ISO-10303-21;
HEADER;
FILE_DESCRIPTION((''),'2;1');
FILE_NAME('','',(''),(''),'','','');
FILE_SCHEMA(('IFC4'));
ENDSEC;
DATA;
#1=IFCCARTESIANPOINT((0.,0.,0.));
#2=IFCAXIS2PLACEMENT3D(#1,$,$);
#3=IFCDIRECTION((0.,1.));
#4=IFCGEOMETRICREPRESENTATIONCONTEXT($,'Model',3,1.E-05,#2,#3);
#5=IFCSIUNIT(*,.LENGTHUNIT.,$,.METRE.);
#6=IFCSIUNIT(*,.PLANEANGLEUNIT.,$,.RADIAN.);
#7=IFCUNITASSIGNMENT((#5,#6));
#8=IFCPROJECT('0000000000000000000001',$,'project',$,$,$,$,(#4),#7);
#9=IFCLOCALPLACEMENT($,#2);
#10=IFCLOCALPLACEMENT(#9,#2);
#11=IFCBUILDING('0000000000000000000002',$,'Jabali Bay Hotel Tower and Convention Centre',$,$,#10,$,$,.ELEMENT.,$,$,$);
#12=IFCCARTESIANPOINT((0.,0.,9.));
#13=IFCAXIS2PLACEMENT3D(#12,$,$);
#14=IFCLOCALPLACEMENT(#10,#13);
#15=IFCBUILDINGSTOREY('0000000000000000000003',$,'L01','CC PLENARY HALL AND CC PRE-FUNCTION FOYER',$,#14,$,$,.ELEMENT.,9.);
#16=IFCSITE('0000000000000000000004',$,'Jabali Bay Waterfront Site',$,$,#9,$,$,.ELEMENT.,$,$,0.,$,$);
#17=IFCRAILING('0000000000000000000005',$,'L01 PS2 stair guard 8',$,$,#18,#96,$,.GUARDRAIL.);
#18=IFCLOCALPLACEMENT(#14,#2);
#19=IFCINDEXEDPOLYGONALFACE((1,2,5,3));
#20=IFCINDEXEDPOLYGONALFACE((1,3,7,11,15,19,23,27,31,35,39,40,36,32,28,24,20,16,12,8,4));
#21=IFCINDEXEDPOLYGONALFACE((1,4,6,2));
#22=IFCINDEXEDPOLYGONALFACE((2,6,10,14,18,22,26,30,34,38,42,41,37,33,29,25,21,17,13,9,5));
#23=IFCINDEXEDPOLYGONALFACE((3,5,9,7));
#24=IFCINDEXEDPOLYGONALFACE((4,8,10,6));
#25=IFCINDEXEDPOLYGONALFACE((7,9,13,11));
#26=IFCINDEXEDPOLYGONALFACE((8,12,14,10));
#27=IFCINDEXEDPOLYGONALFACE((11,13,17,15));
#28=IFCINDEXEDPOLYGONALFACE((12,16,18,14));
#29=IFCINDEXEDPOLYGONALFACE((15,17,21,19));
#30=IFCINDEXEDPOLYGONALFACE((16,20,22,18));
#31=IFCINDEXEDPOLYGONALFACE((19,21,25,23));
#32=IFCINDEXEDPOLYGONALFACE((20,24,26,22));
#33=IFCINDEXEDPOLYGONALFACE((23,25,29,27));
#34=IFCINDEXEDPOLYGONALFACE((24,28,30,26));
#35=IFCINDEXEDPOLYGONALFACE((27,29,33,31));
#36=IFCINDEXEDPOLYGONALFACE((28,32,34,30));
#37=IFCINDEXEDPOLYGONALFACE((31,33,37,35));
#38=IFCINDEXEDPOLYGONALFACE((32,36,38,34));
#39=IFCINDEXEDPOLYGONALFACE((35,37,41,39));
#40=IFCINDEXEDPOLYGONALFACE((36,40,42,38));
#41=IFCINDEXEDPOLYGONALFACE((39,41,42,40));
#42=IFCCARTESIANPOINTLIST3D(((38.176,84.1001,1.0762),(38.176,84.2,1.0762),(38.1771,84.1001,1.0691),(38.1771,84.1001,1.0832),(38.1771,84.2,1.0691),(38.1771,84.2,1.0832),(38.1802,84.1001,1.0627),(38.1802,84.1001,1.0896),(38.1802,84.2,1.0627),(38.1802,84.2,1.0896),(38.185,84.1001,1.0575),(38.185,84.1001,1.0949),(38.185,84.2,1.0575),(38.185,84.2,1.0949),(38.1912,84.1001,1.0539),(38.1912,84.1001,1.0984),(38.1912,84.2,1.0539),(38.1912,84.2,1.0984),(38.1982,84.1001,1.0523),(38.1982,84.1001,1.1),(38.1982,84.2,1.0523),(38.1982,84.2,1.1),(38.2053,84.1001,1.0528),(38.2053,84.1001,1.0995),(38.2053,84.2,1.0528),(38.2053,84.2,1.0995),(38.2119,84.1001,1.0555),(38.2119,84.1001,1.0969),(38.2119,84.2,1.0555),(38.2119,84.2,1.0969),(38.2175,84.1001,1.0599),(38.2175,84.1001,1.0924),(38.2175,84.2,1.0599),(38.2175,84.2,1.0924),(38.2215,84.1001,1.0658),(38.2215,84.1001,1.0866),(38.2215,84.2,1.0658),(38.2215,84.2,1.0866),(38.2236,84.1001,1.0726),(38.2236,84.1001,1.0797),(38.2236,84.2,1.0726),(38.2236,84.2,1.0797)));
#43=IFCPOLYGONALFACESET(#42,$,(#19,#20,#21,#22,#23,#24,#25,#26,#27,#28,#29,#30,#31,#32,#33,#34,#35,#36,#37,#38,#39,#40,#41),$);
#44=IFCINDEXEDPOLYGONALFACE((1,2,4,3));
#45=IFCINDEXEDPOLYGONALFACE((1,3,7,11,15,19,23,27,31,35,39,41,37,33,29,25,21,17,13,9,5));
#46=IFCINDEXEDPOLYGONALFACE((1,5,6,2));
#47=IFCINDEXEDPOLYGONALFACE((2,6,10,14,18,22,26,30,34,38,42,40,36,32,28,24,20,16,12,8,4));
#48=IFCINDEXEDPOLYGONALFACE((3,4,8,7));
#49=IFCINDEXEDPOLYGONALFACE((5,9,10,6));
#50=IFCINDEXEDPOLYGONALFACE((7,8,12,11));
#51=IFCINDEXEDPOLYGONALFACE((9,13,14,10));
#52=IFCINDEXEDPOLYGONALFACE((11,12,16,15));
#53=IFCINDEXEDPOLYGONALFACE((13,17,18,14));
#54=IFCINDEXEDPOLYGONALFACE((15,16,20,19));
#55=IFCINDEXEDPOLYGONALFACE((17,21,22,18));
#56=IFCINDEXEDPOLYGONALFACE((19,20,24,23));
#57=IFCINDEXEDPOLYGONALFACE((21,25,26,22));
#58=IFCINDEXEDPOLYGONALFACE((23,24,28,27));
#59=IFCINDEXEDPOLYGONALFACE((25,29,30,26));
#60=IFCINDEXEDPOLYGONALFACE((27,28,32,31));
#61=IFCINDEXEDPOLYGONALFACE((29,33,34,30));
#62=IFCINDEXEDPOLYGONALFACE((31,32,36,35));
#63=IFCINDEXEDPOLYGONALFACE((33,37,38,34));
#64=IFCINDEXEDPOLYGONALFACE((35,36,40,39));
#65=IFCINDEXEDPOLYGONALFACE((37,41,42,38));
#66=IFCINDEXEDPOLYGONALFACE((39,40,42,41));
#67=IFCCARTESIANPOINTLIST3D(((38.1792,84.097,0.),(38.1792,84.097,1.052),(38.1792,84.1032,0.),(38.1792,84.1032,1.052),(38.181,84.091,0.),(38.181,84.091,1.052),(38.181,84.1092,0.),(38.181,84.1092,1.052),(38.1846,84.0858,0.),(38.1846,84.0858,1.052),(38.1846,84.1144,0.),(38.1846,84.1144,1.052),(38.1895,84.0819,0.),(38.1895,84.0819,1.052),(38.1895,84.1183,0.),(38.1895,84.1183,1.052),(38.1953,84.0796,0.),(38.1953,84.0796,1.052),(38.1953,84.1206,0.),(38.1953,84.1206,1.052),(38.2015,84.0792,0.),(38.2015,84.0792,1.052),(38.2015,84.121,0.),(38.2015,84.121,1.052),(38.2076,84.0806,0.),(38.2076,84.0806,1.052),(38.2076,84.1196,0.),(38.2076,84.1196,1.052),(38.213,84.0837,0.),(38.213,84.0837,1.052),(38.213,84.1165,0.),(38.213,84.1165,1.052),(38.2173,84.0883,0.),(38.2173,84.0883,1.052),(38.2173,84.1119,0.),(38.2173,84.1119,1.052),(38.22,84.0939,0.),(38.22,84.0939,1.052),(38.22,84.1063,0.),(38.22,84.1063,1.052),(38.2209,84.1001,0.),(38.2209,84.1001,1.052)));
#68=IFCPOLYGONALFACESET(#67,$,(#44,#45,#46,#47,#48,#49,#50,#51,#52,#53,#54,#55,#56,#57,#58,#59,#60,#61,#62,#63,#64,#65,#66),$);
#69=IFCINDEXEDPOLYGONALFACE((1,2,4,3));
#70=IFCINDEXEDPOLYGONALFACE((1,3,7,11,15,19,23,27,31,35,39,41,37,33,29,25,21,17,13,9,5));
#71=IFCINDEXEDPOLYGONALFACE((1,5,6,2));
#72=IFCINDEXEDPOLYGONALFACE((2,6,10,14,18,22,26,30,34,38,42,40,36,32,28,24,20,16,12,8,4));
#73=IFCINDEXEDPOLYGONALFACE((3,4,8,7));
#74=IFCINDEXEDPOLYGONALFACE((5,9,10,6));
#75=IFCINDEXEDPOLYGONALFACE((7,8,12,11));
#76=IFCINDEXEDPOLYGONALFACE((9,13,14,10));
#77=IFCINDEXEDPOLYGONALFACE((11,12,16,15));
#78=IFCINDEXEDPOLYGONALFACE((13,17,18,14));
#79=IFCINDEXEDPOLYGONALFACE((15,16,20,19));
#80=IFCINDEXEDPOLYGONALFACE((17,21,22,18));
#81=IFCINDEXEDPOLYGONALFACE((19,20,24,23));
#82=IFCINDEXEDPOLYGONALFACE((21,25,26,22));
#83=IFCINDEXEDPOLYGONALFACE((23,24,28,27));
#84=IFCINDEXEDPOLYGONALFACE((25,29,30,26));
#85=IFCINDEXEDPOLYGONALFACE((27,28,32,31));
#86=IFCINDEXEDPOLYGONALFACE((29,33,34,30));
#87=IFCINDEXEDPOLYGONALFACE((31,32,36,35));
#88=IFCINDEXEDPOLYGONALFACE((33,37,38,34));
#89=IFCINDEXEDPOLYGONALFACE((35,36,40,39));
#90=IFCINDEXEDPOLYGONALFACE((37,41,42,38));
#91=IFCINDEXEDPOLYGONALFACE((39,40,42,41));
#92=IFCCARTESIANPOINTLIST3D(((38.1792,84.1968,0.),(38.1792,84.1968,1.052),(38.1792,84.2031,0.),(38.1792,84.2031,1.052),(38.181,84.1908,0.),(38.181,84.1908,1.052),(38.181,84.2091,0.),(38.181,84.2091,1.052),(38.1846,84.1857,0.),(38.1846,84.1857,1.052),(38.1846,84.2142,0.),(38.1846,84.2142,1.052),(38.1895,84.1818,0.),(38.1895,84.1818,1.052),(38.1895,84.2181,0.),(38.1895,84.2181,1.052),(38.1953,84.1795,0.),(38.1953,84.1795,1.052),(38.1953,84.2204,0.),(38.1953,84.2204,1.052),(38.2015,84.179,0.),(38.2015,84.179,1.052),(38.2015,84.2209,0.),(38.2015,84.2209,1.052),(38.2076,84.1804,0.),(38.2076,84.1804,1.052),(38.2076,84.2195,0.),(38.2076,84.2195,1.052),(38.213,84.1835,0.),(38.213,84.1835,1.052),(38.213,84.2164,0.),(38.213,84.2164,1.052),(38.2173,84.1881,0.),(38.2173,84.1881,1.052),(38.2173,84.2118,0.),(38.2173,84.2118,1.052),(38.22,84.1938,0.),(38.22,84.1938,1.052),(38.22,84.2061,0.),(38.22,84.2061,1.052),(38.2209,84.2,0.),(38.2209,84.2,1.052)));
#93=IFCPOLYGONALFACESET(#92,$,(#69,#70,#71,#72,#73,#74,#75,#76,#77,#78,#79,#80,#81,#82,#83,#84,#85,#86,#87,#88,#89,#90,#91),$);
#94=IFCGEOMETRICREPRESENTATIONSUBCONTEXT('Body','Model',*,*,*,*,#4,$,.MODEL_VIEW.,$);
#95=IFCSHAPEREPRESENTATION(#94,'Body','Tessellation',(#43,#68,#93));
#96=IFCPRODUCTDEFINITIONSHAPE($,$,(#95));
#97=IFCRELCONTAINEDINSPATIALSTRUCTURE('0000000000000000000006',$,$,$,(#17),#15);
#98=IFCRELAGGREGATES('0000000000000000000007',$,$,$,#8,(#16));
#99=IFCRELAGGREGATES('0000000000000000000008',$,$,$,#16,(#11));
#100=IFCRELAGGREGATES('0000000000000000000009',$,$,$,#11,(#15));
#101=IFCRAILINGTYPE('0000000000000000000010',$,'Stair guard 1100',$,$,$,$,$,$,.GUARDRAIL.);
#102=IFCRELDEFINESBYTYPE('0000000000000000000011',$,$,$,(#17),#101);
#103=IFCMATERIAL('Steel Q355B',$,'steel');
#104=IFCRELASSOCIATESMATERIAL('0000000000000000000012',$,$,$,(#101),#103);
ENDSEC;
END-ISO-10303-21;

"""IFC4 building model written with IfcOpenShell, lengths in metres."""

from ifc_helpers import new_model, si_unit, direction, frame, origin, origin_2d, place, context, subcontext, project, spatial, circle, extrude, material, type_object, element, save


model = new_model("IFC4")

# Units and contexts
model_context = context("Model", 3, precision=1e-05, world=origin(), true_north=direction((0.0, 1.0)))
body_context = subcontext(model_context, "Body", "Model", "MODEL_VIEW")
ifc_project = project(units=[si_unit("LENGTHUNIT", "METRE"), si_unit("PLANEANGLEUNIT", "RADIAN")], contexts=[model_context])

# Site, building, storey
site_placement = place(None, origin())
site = spatial("IfcSite", under=ifc_project, at=site_placement, Name="Jabali Bay Waterfront Site", CompositionType="ELEMENT", RefElevation=0.0)
building_placement = place(site_placement, origin())
building = spatial("IfcBuilding", under=site, at=building_placement, Name="Jabali Bay Hotel Tower and Convention Centre", CompositionType="ELEMENT")
storey_placement = place(building_placement, frame((0.0, 0.0, 9.0)))
storey = spatial("IfcBuildingStorey", under=building, at=storey_placement, Name="L01", Description="CC PLENARY HALL AND CC PRE-FUNCTION FOYER", CompositionType="ELEMENT", Elevation=9.0)

# Railing
ifc_material_1 = material(Name="Steel Q355B", Category="steel")
railing_type_1 = type_object("IfcRailingType", Name="Stair guard 1100", PredefinedType="GUARDRAIL", material=ifc_material_1)
railing_1_placement = place(storey_placement, frame((38.2, 84.1001, 0.0)))
element("IfcRailing", 1, at=railing_1_placement, inside=storey, type_object=railing_type_1, Name="L01 PS2 stair guard 8", PredefinedType="GUARDRAIL", context=body_context, shape_type="SweptSolid", body=[
    extrude(circle(Radius=0.0239, at=origin_2d()), frame((0.0, 0.0, 1.0762), z_axis=(0.0, 1.0, 0.0), x_axis=(-1.0, 0.0, 0.0)), (0.0, 0.0, 1.0), 0.0999),
    extrude(circle(Radius=0.021, at=origin_2d()), origin(), (0.0, 0.0, 1.0), 1.052),
    extrude(circle(Radius=0.021, at=origin_2d()), frame((0.0, 0.0999, 0.0)), (0.0, 0.0, 1.0), 1.052),
])

save(model, "model.ifc")
